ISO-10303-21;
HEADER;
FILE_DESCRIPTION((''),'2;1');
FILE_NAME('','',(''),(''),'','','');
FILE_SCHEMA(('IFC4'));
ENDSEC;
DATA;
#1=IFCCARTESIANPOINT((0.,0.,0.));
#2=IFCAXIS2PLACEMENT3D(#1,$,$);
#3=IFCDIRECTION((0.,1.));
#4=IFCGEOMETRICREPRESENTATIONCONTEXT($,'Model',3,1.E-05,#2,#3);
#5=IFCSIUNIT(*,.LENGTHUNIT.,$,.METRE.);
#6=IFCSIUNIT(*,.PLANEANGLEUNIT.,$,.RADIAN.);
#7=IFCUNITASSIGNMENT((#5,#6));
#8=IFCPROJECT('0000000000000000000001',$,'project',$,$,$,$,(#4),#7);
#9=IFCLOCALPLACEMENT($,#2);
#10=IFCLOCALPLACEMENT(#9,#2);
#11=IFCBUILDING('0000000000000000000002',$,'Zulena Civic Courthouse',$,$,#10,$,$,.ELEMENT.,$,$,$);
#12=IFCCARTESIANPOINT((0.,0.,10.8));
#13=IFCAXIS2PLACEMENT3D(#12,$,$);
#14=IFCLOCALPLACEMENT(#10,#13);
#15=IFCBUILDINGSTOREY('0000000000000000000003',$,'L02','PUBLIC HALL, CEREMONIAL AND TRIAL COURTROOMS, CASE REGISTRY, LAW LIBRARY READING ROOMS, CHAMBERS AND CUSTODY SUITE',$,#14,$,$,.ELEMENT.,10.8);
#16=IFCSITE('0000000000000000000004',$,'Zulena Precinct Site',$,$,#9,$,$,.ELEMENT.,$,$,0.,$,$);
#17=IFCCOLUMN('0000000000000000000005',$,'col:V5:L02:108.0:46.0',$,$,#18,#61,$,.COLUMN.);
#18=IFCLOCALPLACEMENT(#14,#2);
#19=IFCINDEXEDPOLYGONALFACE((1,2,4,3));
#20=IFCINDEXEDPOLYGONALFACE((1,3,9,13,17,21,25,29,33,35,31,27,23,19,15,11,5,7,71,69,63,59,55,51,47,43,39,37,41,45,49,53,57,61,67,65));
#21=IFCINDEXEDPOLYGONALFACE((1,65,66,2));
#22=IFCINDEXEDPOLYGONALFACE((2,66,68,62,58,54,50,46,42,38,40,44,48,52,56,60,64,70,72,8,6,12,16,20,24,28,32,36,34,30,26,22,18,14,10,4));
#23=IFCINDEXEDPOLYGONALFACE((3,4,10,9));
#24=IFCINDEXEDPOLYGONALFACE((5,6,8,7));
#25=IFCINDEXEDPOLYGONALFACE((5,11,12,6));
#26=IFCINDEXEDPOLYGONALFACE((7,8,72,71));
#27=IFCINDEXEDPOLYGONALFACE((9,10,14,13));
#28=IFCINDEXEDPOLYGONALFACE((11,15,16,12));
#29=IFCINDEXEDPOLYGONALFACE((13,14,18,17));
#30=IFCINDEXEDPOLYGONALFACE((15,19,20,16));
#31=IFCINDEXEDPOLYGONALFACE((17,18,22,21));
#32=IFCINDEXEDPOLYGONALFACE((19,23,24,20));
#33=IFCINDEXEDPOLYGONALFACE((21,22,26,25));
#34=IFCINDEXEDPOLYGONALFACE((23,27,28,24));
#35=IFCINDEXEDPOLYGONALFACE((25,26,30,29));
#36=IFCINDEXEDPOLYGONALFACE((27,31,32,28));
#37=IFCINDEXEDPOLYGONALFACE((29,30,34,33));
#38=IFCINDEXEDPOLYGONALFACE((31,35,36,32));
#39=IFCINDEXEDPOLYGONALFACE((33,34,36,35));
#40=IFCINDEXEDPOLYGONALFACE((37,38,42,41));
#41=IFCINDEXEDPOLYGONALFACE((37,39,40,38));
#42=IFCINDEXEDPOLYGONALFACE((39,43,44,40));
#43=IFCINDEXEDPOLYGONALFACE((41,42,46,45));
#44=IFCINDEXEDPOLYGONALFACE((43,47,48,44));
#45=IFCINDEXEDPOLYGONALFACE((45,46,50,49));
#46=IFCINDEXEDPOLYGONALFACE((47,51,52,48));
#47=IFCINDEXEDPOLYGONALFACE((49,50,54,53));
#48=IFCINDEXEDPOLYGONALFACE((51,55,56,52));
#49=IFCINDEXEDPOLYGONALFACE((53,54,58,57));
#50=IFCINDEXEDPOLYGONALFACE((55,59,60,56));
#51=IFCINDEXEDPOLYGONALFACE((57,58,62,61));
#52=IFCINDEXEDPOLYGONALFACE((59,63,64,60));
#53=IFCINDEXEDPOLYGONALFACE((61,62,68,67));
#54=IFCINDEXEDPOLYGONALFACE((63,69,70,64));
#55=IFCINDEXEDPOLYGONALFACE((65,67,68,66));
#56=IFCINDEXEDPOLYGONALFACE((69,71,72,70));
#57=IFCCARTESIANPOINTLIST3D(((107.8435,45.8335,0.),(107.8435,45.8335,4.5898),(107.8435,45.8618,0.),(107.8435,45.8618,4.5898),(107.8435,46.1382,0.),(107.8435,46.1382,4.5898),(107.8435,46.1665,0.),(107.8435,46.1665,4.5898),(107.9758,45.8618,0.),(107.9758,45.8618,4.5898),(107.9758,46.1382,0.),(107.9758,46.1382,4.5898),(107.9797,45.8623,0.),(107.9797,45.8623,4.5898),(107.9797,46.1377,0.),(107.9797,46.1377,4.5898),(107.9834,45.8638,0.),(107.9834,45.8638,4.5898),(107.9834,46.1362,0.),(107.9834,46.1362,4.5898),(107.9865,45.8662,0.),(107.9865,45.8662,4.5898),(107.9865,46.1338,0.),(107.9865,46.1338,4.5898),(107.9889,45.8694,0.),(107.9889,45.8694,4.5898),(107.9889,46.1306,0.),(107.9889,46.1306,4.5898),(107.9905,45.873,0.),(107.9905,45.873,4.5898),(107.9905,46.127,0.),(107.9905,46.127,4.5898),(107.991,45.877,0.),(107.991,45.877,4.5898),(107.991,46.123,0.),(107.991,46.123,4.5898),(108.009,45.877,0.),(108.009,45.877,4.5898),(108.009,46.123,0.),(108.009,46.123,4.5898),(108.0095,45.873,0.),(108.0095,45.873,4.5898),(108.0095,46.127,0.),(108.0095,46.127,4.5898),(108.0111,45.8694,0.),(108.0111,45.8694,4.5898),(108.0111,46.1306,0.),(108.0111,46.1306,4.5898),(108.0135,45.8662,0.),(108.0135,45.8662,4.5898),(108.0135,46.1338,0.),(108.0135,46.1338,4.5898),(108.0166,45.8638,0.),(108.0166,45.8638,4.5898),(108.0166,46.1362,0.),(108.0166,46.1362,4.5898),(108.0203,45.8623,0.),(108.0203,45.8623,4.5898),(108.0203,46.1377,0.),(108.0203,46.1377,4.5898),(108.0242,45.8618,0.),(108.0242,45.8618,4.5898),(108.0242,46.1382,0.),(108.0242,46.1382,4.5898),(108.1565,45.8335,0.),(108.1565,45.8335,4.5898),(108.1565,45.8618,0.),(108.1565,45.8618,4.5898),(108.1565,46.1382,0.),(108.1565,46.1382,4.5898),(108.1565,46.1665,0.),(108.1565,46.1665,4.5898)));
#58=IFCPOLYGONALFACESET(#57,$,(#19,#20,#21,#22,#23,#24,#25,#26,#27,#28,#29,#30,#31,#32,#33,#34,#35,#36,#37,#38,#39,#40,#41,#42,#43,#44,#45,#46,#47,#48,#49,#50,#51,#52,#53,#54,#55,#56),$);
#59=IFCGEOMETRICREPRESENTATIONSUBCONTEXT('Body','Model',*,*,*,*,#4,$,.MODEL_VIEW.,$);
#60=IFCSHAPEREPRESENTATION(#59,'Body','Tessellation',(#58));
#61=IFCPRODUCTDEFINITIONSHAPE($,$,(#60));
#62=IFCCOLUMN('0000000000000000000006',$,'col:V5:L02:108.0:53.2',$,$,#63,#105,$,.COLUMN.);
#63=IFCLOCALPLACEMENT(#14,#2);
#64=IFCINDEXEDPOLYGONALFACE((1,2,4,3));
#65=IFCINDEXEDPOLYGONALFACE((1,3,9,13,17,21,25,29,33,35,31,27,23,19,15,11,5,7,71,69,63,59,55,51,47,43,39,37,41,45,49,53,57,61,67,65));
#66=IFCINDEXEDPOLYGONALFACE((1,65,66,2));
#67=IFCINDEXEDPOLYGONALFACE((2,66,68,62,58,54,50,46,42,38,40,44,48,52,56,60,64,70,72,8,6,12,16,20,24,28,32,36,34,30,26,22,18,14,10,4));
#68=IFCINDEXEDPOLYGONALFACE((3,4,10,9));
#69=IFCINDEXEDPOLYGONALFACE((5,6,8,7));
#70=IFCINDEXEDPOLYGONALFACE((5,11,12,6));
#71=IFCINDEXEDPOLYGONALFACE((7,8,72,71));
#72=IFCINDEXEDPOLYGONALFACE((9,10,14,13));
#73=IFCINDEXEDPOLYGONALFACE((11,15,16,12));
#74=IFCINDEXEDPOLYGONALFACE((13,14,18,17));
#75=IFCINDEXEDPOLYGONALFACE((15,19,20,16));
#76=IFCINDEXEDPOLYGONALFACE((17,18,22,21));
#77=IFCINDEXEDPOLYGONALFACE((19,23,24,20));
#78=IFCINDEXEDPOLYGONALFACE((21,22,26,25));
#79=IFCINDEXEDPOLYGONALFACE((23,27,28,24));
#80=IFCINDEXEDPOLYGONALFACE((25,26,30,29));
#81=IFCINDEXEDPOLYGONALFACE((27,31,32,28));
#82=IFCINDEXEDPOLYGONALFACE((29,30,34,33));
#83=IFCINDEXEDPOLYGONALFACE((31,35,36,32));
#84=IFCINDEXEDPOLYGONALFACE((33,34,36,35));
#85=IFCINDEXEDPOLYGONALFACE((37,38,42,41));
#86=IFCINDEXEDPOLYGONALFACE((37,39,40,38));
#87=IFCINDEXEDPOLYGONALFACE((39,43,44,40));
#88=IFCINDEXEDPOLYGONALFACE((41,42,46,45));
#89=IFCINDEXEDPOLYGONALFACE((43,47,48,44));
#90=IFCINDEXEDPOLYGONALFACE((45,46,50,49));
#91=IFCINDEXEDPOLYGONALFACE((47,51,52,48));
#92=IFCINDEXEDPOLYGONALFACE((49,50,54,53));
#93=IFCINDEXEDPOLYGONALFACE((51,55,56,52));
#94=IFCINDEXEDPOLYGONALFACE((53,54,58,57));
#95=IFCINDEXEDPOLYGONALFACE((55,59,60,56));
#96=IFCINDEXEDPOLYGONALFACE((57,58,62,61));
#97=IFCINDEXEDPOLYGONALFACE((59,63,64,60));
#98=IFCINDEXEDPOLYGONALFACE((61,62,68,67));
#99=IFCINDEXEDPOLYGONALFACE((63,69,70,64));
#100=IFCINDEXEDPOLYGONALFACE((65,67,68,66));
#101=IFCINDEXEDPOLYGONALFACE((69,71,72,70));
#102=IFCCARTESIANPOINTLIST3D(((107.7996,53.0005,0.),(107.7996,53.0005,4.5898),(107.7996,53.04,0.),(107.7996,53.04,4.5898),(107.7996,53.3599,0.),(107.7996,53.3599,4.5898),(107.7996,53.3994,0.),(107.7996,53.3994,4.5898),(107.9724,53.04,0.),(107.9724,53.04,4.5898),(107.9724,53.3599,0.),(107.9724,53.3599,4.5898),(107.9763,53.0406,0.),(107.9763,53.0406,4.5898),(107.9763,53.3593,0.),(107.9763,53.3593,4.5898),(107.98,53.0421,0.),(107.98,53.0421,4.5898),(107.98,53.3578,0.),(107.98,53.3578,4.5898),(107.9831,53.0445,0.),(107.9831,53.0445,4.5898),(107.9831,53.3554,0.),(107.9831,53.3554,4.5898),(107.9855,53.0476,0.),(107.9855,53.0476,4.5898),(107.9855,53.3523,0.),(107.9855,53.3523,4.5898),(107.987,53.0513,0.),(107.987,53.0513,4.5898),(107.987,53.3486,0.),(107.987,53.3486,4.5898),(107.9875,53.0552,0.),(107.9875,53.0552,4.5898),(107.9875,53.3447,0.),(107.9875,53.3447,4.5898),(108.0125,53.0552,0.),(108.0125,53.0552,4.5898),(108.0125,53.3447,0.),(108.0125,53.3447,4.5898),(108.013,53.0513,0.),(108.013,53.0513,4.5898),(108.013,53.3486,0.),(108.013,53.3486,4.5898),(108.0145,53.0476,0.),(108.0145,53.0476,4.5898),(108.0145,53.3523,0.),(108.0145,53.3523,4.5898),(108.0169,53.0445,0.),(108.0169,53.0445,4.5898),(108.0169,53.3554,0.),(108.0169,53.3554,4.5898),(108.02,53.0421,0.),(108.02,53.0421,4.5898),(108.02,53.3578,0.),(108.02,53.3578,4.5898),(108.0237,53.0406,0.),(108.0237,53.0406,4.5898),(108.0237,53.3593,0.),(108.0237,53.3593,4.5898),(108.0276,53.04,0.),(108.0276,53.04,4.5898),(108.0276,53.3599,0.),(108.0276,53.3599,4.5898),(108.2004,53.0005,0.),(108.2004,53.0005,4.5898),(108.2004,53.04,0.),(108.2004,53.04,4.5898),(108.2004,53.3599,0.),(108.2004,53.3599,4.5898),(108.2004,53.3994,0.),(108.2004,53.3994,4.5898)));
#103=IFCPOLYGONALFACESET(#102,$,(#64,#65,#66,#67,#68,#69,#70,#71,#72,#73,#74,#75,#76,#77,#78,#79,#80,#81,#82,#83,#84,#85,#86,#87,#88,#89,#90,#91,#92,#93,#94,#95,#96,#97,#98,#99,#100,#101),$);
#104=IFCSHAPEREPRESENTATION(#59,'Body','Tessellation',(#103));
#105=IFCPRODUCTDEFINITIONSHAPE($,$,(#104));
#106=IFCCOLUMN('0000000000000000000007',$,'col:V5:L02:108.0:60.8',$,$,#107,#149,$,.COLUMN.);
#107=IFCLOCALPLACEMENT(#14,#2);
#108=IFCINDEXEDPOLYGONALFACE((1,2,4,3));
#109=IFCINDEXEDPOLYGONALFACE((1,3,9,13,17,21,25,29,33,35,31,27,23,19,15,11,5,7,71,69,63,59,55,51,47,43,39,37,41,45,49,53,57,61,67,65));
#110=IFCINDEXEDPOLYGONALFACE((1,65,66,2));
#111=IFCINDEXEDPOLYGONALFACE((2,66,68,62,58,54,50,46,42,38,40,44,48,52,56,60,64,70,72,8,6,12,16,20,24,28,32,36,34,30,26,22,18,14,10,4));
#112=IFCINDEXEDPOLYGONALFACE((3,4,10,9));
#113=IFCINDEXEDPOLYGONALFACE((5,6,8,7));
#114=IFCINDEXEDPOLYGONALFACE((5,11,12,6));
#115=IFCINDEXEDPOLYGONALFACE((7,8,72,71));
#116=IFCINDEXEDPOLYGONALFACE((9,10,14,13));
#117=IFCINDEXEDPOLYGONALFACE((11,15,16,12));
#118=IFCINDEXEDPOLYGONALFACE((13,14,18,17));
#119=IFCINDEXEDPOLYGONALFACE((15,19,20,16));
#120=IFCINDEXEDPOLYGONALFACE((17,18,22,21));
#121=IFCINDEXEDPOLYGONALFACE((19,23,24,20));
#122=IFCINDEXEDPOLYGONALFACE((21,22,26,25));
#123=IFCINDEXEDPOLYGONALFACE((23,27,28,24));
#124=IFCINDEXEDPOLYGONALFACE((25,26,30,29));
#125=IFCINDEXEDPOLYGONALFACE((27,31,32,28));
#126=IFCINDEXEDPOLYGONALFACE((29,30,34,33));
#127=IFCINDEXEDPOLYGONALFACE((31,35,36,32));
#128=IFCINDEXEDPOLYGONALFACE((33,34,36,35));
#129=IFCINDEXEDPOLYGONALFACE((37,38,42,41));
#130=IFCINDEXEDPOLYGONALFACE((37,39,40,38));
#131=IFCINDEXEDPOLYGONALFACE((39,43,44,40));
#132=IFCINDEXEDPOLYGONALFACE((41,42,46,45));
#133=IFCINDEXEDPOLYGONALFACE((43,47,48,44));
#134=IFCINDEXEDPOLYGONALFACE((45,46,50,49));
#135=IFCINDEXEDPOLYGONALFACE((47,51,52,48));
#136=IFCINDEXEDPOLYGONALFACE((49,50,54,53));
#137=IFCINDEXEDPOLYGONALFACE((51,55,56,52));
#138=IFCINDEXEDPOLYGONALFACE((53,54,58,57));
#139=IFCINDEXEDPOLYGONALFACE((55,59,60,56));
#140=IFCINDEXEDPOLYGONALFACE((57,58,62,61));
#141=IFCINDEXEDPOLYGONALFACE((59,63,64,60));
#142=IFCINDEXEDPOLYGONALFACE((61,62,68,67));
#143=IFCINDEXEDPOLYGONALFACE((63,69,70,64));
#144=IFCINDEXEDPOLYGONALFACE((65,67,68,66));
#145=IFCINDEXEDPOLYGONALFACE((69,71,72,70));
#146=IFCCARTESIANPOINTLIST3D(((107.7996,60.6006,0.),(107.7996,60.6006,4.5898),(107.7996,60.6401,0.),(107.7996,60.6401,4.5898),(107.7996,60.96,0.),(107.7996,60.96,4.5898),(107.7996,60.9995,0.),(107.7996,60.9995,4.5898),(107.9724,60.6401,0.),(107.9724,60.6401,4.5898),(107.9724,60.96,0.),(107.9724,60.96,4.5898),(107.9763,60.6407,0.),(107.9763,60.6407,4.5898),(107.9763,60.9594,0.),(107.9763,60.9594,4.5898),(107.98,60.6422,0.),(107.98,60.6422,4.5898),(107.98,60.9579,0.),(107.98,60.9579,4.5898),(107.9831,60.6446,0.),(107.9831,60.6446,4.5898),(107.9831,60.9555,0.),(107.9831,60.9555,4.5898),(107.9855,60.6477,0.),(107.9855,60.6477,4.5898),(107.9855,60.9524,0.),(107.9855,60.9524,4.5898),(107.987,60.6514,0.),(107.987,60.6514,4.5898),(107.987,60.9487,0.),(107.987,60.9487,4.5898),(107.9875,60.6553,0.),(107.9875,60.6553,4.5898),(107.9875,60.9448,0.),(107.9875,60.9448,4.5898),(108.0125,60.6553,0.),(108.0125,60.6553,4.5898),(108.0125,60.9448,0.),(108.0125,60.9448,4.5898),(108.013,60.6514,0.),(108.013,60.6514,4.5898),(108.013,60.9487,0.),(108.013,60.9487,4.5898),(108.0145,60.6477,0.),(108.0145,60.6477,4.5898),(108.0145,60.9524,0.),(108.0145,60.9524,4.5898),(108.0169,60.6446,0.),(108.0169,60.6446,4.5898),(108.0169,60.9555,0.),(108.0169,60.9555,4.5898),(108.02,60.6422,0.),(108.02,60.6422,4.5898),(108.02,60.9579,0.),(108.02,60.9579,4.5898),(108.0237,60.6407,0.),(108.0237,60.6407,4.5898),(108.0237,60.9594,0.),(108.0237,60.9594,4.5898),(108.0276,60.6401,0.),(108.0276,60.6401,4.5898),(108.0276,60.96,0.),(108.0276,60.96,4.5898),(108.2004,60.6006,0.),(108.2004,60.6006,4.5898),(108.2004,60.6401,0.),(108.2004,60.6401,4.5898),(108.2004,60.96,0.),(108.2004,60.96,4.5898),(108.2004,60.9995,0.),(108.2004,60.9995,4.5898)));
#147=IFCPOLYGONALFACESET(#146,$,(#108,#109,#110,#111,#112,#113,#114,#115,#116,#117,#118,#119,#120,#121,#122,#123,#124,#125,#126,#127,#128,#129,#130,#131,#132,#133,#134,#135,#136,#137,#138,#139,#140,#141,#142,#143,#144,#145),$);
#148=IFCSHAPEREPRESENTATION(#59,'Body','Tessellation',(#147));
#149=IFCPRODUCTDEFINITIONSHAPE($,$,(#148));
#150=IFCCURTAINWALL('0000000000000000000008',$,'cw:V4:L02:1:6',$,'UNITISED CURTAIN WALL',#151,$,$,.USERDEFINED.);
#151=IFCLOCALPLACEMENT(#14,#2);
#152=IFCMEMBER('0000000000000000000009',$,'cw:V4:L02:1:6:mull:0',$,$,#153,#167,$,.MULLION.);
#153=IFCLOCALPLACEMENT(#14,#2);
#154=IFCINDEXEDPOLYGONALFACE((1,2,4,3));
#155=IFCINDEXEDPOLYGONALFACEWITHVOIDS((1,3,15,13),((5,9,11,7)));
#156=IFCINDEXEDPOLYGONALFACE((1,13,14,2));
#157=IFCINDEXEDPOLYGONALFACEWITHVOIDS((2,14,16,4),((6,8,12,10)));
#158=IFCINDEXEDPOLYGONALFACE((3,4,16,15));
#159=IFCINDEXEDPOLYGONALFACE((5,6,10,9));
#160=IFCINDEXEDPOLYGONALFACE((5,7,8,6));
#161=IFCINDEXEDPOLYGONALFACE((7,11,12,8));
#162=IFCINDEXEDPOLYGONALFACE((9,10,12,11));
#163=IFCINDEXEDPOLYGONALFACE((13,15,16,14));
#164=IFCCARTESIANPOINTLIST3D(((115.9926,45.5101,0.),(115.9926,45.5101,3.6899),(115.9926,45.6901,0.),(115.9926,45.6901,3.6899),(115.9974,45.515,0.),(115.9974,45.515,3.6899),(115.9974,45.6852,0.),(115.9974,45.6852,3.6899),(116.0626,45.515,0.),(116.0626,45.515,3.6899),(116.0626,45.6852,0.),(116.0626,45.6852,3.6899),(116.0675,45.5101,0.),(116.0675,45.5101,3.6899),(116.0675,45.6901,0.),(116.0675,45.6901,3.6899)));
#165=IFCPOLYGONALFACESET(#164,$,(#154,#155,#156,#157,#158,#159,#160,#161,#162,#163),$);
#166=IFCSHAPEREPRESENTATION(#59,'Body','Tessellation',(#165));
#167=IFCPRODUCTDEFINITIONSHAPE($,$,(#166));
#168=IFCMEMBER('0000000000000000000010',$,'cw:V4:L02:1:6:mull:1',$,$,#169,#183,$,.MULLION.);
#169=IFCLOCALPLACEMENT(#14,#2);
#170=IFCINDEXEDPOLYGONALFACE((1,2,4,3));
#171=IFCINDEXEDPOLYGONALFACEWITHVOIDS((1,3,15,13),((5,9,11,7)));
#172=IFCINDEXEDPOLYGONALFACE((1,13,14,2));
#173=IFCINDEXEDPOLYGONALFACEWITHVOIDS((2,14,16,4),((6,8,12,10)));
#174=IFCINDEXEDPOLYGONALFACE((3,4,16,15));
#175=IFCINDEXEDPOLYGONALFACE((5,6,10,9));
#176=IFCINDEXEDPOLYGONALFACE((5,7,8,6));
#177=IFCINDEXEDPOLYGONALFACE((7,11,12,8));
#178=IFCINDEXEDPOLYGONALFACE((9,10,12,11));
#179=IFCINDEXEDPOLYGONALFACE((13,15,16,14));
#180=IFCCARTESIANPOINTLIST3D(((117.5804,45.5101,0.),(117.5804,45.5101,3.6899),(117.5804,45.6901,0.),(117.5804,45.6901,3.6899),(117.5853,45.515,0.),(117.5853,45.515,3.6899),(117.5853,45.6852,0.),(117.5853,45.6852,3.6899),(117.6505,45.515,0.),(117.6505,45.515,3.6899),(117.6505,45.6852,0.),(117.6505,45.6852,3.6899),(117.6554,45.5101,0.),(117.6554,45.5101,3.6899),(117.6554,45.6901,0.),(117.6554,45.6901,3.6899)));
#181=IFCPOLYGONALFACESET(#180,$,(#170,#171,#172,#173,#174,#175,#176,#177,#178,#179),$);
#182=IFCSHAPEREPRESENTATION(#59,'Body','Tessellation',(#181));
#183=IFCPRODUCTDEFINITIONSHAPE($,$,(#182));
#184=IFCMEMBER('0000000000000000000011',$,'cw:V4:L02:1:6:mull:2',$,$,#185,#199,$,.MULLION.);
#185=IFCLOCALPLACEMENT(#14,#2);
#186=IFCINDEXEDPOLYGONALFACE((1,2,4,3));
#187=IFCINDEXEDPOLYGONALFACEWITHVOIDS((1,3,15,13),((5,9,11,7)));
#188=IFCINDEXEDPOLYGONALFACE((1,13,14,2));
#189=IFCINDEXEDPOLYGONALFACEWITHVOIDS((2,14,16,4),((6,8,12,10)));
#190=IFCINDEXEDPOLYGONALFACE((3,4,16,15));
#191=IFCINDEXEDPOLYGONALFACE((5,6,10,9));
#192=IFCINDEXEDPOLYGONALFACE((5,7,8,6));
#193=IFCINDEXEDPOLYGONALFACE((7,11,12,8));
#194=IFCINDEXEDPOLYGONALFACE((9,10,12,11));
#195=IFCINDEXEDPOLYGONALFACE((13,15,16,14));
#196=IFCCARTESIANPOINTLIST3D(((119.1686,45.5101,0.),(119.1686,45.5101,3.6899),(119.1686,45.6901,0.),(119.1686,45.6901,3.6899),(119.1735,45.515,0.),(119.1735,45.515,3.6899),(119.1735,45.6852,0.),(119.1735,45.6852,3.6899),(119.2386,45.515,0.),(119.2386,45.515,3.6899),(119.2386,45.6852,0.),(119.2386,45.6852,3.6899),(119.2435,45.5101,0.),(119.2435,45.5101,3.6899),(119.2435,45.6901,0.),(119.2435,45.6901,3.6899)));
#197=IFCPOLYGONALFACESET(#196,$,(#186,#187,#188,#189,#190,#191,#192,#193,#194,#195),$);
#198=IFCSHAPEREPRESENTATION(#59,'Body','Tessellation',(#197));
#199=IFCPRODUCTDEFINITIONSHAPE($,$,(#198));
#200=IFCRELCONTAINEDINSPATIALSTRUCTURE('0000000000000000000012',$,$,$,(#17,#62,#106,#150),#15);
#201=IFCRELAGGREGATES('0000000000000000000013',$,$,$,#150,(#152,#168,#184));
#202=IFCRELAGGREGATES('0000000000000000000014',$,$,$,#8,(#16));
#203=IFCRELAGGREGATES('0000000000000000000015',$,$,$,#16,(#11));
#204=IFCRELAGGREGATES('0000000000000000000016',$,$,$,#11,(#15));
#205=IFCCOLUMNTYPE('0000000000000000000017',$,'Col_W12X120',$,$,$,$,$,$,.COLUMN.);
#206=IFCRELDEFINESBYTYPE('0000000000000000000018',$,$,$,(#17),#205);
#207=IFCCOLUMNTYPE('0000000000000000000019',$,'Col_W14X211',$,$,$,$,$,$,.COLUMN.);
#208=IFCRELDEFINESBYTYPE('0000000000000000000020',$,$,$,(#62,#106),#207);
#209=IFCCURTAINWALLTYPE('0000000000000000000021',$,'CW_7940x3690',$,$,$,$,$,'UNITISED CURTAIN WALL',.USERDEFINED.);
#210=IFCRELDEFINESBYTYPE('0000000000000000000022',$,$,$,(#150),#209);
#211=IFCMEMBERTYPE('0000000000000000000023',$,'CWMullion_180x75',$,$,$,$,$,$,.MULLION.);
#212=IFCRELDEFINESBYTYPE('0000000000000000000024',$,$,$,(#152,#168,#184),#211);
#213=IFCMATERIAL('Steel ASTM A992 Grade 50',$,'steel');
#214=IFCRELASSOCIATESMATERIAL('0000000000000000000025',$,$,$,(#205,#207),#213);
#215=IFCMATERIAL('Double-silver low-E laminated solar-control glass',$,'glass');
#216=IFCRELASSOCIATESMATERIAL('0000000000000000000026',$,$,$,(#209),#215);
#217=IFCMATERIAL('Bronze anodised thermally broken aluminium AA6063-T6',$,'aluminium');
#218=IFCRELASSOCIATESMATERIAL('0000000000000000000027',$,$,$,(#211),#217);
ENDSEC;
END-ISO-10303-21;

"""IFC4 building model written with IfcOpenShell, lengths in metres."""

from ifc_helpers import new_model, si_unit, direction, frame, origin, origin_2d, place, context, subcontext, project, spatial, hollow_rectangle, i_section, extrude, material, material_profile, profile_set, type_object, element, aggregate, save


model = new_model("IFC4")

# Units and contexts
model_context = context("Model", 3, precision=1e-05, world=origin(), true_north=direction((0.0, 1.0)))
body_context = subcontext(model_context, "Body", "Model", "MODEL_VIEW")
ifc_project = project(units=[si_unit("LENGTHUNIT", "METRE"), si_unit("PLANEANGLEUNIT", "RADIAN")], contexts=[model_context])

# Site, building, storey
site_placement = place(None, origin())
site = spatial("IfcSite", under=ifc_project, at=site_placement, Name="Zulena Precinct Site", CompositionType="ELEMENT", RefElevation=0.0)
building_placement = place(site_placement, origin())
building = spatial("IfcBuilding", under=site, at=building_placement, Name="Zulena Civic Courthouse", CompositionType="ELEMENT")
storey_placement = place(building_placement, frame((0.0, 0.0, 10.8)))
storey = spatial("IfcBuildingStorey", under=building, at=storey_placement, Name="L02", Description="PUBLIC HALL, CEREMONIAL AND TRIAL COURTROOMS, CASE REGISTRY, LAW LIBRARY READING ROOMS, CHAMBERS AND CUSTODY SUITE", CompositionType="ELEMENT", Elevation=10.8)

# Columns
ifc_material_1 = material(Name="Steel ASTM A992 Grade 50", Category="steel")
ifc_material_profile_1 = material_profile(ifc_material_1, i_section(OverallWidth=0.313, OverallDepth=0.333, WebThickness=0.0181, FlangeThickness=0.0283, FilletRadius=0.0151, at=origin_2d()), Name="W12X120")
ifc_profile_set_1 = profile_set([ifc_material_profile_1], Name="Steel ASTM A992 Grade 50")
column_type_1 = type_object("IfcColumnType", Name="Col_W12X120", PredefinedType="COLUMN", material=ifc_profile_set_1)
column_placement = place(storey_placement, frame((108.0, 46.0, 0.0), z_axis=(0.0, 0.0, 1.0), x_axis=(1.0, 0.0, 0.0)))
element("IfcColumn", 1, at=column_placement, inside=storey, type_object=column_type_1, Name="col:V5:L02:108.0:46.0", PredefinedType="COLUMN", context=body_context, shape_type="SweptSolid", body=[
    extrude(i_section(OverallWidth=0.313, OverallDepth=0.333, WebThickness=0.0181, FlangeThickness=0.0283, FilletRadius=0.0151, at=origin_2d()), origin(), (0.0, 0.0, 1.0), 4.5898),
])
ifc_material_profile_2 = material_profile(ifc_material_1, i_section(OverallWidth=0.4009, OverallDepth=0.3989, WebThickness=0.0249, FlangeThickness=0.0396, FilletRadius=0.0151, at=origin_2d()), Name="W14X211")
ifc_profile_set_2 = profile_set([ifc_material_profile_2], Name="Steel ASTM A992 Grade 50")
column_type_2 = type_object("IfcColumnType", Name="Col_W14X211", PredefinedType="COLUMN", material=ifc_profile_set_2)
for number, where, z_axis, x_axis, name in (
    (2, (108.0, 53.2, 0.0), (0.0, 0.0, 1.0), (1.0, 0.0, 0.0), "col:V5:L02:108.0:53.2"),
    (3, (108.0, 60.8, 0.0), (0.0, 0.0, 1.0), (1.0, 0.0, 0.0), "col:V5:L02:108.0:60.8"),
):
    element("IfcColumn", number, at=place(storey_placement, frame(where, z_axis=z_axis, x_axis=x_axis)), inside=storey, type_object=column_type_2, Name=name, PredefinedType="COLUMN", context=body_context, shape_type="SweptSolid", body=[
        extrude(i_section(OverallWidth=0.4009, OverallDepth=0.3989, WebThickness=0.0249, FlangeThickness=0.0396, FilletRadius=0.0151, at=origin_2d()), origin(), (0.0, 0.0, 1.0), 4.5898),
    ])

# Curtain wall, members
ifc_material_2 = material(Name="Double-silver low-E laminated solar-control glass", Category="glass")
curtain_wall_type = type_object("IfcCurtainWallType", Name="CW_7940x3690", ElementType="UNITISED CURTAIN WALL", PredefinedType="USERDEFINED", material=ifc_material_2)
curtain_wall_placement = place(storey_placement, origin())
curtain_wall = element("IfcCurtainWall", 4, at=curtain_wall_placement, inside=storey, type_object=curtain_wall_type, Name="cw:V4:L02:1:6", ObjectType="UNITISED CURTAIN WALL", PredefinedType="USERDEFINED")
ifc_material_3 = material(Name="Bronze anodised thermally broken aluminium AA6063-T6", Category="aluminium")
ifc_material_profile_3 = material_profile(ifc_material_3, hollow_rectangle(XDim=0.075, YDim=0.1799, WallThickness=0.0049, at=origin_2d()), Name="CWM180X75X5")
ifc_profile_set_3 = profile_set([ifc_material_profile_3], Name="Bronze anodised thermally broken aluminium AA6063-T6")
member_type_1 = type_object("IfcMemberType", Name="CWMullion_180x75", PredefinedType="MULLION", material=ifc_profile_set_3)
member_1_placement = place(storey_placement, frame((116.03, 45.6001, 0.0), z_axis=(0.0, 0.0, 1.0), x_axis=(1.0, 0.0, 0.0)))
member_1 = element("IfcMember", 5, at=member_1_placement, type_object=member_type_1, Name="cw:V4:L02:1:6:mull:0", PredefinedType="MULLION", context=body_context, shape_type="SweptSolid", body=[
    extrude(hollow_rectangle(XDim=0.075, YDim=0.1799, WallThickness=0.0049, at=origin_2d()), origin(), (0.0, 0.0, 1.0), 3.6899),
])
member_2_placement = place(storey_placement, frame((117.6179, 45.6001, 0.0), z_axis=(0.0, 0.0, 1.0), x_axis=(1.0, 0.0, 0.0)))
member_2 = element("IfcMember", 6, at=member_2_placement, type_object=member_type_1, Name="cw:V4:L02:1:6:mull:1", PredefinedType="MULLION", context=body_context, shape_type="SweptSolid", body=[
    extrude(hollow_rectangle(XDim=0.075, YDim=0.1799, WallThickness=0.0049, at=origin_2d()), origin(), (0.0, 0.0, 1.0), 3.6899),
])
member_3_placement = place(storey_placement, frame((119.2061, 45.6001, 0.0), z_axis=(0.0, 0.0, 1.0), x_axis=(1.0, 0.0, 0.0)))
member_3 = element("IfcMember", 7, at=member_3_placement, type_object=member_type_1, Name="cw:V4:L02:1:6:mull:2", PredefinedType="MULLION", context=body_context, shape_type="SweptSolid", body=[
    extrude(hollow_rectangle(XDim=0.075, YDim=0.1799, WallThickness=0.0049, at=origin_2d()), origin(), (0.0, 0.0, 1.0), 3.6899),
])

aggregate(curtain_wall, [member_1, member_2, member_3])

save(model, "model.ifc")
